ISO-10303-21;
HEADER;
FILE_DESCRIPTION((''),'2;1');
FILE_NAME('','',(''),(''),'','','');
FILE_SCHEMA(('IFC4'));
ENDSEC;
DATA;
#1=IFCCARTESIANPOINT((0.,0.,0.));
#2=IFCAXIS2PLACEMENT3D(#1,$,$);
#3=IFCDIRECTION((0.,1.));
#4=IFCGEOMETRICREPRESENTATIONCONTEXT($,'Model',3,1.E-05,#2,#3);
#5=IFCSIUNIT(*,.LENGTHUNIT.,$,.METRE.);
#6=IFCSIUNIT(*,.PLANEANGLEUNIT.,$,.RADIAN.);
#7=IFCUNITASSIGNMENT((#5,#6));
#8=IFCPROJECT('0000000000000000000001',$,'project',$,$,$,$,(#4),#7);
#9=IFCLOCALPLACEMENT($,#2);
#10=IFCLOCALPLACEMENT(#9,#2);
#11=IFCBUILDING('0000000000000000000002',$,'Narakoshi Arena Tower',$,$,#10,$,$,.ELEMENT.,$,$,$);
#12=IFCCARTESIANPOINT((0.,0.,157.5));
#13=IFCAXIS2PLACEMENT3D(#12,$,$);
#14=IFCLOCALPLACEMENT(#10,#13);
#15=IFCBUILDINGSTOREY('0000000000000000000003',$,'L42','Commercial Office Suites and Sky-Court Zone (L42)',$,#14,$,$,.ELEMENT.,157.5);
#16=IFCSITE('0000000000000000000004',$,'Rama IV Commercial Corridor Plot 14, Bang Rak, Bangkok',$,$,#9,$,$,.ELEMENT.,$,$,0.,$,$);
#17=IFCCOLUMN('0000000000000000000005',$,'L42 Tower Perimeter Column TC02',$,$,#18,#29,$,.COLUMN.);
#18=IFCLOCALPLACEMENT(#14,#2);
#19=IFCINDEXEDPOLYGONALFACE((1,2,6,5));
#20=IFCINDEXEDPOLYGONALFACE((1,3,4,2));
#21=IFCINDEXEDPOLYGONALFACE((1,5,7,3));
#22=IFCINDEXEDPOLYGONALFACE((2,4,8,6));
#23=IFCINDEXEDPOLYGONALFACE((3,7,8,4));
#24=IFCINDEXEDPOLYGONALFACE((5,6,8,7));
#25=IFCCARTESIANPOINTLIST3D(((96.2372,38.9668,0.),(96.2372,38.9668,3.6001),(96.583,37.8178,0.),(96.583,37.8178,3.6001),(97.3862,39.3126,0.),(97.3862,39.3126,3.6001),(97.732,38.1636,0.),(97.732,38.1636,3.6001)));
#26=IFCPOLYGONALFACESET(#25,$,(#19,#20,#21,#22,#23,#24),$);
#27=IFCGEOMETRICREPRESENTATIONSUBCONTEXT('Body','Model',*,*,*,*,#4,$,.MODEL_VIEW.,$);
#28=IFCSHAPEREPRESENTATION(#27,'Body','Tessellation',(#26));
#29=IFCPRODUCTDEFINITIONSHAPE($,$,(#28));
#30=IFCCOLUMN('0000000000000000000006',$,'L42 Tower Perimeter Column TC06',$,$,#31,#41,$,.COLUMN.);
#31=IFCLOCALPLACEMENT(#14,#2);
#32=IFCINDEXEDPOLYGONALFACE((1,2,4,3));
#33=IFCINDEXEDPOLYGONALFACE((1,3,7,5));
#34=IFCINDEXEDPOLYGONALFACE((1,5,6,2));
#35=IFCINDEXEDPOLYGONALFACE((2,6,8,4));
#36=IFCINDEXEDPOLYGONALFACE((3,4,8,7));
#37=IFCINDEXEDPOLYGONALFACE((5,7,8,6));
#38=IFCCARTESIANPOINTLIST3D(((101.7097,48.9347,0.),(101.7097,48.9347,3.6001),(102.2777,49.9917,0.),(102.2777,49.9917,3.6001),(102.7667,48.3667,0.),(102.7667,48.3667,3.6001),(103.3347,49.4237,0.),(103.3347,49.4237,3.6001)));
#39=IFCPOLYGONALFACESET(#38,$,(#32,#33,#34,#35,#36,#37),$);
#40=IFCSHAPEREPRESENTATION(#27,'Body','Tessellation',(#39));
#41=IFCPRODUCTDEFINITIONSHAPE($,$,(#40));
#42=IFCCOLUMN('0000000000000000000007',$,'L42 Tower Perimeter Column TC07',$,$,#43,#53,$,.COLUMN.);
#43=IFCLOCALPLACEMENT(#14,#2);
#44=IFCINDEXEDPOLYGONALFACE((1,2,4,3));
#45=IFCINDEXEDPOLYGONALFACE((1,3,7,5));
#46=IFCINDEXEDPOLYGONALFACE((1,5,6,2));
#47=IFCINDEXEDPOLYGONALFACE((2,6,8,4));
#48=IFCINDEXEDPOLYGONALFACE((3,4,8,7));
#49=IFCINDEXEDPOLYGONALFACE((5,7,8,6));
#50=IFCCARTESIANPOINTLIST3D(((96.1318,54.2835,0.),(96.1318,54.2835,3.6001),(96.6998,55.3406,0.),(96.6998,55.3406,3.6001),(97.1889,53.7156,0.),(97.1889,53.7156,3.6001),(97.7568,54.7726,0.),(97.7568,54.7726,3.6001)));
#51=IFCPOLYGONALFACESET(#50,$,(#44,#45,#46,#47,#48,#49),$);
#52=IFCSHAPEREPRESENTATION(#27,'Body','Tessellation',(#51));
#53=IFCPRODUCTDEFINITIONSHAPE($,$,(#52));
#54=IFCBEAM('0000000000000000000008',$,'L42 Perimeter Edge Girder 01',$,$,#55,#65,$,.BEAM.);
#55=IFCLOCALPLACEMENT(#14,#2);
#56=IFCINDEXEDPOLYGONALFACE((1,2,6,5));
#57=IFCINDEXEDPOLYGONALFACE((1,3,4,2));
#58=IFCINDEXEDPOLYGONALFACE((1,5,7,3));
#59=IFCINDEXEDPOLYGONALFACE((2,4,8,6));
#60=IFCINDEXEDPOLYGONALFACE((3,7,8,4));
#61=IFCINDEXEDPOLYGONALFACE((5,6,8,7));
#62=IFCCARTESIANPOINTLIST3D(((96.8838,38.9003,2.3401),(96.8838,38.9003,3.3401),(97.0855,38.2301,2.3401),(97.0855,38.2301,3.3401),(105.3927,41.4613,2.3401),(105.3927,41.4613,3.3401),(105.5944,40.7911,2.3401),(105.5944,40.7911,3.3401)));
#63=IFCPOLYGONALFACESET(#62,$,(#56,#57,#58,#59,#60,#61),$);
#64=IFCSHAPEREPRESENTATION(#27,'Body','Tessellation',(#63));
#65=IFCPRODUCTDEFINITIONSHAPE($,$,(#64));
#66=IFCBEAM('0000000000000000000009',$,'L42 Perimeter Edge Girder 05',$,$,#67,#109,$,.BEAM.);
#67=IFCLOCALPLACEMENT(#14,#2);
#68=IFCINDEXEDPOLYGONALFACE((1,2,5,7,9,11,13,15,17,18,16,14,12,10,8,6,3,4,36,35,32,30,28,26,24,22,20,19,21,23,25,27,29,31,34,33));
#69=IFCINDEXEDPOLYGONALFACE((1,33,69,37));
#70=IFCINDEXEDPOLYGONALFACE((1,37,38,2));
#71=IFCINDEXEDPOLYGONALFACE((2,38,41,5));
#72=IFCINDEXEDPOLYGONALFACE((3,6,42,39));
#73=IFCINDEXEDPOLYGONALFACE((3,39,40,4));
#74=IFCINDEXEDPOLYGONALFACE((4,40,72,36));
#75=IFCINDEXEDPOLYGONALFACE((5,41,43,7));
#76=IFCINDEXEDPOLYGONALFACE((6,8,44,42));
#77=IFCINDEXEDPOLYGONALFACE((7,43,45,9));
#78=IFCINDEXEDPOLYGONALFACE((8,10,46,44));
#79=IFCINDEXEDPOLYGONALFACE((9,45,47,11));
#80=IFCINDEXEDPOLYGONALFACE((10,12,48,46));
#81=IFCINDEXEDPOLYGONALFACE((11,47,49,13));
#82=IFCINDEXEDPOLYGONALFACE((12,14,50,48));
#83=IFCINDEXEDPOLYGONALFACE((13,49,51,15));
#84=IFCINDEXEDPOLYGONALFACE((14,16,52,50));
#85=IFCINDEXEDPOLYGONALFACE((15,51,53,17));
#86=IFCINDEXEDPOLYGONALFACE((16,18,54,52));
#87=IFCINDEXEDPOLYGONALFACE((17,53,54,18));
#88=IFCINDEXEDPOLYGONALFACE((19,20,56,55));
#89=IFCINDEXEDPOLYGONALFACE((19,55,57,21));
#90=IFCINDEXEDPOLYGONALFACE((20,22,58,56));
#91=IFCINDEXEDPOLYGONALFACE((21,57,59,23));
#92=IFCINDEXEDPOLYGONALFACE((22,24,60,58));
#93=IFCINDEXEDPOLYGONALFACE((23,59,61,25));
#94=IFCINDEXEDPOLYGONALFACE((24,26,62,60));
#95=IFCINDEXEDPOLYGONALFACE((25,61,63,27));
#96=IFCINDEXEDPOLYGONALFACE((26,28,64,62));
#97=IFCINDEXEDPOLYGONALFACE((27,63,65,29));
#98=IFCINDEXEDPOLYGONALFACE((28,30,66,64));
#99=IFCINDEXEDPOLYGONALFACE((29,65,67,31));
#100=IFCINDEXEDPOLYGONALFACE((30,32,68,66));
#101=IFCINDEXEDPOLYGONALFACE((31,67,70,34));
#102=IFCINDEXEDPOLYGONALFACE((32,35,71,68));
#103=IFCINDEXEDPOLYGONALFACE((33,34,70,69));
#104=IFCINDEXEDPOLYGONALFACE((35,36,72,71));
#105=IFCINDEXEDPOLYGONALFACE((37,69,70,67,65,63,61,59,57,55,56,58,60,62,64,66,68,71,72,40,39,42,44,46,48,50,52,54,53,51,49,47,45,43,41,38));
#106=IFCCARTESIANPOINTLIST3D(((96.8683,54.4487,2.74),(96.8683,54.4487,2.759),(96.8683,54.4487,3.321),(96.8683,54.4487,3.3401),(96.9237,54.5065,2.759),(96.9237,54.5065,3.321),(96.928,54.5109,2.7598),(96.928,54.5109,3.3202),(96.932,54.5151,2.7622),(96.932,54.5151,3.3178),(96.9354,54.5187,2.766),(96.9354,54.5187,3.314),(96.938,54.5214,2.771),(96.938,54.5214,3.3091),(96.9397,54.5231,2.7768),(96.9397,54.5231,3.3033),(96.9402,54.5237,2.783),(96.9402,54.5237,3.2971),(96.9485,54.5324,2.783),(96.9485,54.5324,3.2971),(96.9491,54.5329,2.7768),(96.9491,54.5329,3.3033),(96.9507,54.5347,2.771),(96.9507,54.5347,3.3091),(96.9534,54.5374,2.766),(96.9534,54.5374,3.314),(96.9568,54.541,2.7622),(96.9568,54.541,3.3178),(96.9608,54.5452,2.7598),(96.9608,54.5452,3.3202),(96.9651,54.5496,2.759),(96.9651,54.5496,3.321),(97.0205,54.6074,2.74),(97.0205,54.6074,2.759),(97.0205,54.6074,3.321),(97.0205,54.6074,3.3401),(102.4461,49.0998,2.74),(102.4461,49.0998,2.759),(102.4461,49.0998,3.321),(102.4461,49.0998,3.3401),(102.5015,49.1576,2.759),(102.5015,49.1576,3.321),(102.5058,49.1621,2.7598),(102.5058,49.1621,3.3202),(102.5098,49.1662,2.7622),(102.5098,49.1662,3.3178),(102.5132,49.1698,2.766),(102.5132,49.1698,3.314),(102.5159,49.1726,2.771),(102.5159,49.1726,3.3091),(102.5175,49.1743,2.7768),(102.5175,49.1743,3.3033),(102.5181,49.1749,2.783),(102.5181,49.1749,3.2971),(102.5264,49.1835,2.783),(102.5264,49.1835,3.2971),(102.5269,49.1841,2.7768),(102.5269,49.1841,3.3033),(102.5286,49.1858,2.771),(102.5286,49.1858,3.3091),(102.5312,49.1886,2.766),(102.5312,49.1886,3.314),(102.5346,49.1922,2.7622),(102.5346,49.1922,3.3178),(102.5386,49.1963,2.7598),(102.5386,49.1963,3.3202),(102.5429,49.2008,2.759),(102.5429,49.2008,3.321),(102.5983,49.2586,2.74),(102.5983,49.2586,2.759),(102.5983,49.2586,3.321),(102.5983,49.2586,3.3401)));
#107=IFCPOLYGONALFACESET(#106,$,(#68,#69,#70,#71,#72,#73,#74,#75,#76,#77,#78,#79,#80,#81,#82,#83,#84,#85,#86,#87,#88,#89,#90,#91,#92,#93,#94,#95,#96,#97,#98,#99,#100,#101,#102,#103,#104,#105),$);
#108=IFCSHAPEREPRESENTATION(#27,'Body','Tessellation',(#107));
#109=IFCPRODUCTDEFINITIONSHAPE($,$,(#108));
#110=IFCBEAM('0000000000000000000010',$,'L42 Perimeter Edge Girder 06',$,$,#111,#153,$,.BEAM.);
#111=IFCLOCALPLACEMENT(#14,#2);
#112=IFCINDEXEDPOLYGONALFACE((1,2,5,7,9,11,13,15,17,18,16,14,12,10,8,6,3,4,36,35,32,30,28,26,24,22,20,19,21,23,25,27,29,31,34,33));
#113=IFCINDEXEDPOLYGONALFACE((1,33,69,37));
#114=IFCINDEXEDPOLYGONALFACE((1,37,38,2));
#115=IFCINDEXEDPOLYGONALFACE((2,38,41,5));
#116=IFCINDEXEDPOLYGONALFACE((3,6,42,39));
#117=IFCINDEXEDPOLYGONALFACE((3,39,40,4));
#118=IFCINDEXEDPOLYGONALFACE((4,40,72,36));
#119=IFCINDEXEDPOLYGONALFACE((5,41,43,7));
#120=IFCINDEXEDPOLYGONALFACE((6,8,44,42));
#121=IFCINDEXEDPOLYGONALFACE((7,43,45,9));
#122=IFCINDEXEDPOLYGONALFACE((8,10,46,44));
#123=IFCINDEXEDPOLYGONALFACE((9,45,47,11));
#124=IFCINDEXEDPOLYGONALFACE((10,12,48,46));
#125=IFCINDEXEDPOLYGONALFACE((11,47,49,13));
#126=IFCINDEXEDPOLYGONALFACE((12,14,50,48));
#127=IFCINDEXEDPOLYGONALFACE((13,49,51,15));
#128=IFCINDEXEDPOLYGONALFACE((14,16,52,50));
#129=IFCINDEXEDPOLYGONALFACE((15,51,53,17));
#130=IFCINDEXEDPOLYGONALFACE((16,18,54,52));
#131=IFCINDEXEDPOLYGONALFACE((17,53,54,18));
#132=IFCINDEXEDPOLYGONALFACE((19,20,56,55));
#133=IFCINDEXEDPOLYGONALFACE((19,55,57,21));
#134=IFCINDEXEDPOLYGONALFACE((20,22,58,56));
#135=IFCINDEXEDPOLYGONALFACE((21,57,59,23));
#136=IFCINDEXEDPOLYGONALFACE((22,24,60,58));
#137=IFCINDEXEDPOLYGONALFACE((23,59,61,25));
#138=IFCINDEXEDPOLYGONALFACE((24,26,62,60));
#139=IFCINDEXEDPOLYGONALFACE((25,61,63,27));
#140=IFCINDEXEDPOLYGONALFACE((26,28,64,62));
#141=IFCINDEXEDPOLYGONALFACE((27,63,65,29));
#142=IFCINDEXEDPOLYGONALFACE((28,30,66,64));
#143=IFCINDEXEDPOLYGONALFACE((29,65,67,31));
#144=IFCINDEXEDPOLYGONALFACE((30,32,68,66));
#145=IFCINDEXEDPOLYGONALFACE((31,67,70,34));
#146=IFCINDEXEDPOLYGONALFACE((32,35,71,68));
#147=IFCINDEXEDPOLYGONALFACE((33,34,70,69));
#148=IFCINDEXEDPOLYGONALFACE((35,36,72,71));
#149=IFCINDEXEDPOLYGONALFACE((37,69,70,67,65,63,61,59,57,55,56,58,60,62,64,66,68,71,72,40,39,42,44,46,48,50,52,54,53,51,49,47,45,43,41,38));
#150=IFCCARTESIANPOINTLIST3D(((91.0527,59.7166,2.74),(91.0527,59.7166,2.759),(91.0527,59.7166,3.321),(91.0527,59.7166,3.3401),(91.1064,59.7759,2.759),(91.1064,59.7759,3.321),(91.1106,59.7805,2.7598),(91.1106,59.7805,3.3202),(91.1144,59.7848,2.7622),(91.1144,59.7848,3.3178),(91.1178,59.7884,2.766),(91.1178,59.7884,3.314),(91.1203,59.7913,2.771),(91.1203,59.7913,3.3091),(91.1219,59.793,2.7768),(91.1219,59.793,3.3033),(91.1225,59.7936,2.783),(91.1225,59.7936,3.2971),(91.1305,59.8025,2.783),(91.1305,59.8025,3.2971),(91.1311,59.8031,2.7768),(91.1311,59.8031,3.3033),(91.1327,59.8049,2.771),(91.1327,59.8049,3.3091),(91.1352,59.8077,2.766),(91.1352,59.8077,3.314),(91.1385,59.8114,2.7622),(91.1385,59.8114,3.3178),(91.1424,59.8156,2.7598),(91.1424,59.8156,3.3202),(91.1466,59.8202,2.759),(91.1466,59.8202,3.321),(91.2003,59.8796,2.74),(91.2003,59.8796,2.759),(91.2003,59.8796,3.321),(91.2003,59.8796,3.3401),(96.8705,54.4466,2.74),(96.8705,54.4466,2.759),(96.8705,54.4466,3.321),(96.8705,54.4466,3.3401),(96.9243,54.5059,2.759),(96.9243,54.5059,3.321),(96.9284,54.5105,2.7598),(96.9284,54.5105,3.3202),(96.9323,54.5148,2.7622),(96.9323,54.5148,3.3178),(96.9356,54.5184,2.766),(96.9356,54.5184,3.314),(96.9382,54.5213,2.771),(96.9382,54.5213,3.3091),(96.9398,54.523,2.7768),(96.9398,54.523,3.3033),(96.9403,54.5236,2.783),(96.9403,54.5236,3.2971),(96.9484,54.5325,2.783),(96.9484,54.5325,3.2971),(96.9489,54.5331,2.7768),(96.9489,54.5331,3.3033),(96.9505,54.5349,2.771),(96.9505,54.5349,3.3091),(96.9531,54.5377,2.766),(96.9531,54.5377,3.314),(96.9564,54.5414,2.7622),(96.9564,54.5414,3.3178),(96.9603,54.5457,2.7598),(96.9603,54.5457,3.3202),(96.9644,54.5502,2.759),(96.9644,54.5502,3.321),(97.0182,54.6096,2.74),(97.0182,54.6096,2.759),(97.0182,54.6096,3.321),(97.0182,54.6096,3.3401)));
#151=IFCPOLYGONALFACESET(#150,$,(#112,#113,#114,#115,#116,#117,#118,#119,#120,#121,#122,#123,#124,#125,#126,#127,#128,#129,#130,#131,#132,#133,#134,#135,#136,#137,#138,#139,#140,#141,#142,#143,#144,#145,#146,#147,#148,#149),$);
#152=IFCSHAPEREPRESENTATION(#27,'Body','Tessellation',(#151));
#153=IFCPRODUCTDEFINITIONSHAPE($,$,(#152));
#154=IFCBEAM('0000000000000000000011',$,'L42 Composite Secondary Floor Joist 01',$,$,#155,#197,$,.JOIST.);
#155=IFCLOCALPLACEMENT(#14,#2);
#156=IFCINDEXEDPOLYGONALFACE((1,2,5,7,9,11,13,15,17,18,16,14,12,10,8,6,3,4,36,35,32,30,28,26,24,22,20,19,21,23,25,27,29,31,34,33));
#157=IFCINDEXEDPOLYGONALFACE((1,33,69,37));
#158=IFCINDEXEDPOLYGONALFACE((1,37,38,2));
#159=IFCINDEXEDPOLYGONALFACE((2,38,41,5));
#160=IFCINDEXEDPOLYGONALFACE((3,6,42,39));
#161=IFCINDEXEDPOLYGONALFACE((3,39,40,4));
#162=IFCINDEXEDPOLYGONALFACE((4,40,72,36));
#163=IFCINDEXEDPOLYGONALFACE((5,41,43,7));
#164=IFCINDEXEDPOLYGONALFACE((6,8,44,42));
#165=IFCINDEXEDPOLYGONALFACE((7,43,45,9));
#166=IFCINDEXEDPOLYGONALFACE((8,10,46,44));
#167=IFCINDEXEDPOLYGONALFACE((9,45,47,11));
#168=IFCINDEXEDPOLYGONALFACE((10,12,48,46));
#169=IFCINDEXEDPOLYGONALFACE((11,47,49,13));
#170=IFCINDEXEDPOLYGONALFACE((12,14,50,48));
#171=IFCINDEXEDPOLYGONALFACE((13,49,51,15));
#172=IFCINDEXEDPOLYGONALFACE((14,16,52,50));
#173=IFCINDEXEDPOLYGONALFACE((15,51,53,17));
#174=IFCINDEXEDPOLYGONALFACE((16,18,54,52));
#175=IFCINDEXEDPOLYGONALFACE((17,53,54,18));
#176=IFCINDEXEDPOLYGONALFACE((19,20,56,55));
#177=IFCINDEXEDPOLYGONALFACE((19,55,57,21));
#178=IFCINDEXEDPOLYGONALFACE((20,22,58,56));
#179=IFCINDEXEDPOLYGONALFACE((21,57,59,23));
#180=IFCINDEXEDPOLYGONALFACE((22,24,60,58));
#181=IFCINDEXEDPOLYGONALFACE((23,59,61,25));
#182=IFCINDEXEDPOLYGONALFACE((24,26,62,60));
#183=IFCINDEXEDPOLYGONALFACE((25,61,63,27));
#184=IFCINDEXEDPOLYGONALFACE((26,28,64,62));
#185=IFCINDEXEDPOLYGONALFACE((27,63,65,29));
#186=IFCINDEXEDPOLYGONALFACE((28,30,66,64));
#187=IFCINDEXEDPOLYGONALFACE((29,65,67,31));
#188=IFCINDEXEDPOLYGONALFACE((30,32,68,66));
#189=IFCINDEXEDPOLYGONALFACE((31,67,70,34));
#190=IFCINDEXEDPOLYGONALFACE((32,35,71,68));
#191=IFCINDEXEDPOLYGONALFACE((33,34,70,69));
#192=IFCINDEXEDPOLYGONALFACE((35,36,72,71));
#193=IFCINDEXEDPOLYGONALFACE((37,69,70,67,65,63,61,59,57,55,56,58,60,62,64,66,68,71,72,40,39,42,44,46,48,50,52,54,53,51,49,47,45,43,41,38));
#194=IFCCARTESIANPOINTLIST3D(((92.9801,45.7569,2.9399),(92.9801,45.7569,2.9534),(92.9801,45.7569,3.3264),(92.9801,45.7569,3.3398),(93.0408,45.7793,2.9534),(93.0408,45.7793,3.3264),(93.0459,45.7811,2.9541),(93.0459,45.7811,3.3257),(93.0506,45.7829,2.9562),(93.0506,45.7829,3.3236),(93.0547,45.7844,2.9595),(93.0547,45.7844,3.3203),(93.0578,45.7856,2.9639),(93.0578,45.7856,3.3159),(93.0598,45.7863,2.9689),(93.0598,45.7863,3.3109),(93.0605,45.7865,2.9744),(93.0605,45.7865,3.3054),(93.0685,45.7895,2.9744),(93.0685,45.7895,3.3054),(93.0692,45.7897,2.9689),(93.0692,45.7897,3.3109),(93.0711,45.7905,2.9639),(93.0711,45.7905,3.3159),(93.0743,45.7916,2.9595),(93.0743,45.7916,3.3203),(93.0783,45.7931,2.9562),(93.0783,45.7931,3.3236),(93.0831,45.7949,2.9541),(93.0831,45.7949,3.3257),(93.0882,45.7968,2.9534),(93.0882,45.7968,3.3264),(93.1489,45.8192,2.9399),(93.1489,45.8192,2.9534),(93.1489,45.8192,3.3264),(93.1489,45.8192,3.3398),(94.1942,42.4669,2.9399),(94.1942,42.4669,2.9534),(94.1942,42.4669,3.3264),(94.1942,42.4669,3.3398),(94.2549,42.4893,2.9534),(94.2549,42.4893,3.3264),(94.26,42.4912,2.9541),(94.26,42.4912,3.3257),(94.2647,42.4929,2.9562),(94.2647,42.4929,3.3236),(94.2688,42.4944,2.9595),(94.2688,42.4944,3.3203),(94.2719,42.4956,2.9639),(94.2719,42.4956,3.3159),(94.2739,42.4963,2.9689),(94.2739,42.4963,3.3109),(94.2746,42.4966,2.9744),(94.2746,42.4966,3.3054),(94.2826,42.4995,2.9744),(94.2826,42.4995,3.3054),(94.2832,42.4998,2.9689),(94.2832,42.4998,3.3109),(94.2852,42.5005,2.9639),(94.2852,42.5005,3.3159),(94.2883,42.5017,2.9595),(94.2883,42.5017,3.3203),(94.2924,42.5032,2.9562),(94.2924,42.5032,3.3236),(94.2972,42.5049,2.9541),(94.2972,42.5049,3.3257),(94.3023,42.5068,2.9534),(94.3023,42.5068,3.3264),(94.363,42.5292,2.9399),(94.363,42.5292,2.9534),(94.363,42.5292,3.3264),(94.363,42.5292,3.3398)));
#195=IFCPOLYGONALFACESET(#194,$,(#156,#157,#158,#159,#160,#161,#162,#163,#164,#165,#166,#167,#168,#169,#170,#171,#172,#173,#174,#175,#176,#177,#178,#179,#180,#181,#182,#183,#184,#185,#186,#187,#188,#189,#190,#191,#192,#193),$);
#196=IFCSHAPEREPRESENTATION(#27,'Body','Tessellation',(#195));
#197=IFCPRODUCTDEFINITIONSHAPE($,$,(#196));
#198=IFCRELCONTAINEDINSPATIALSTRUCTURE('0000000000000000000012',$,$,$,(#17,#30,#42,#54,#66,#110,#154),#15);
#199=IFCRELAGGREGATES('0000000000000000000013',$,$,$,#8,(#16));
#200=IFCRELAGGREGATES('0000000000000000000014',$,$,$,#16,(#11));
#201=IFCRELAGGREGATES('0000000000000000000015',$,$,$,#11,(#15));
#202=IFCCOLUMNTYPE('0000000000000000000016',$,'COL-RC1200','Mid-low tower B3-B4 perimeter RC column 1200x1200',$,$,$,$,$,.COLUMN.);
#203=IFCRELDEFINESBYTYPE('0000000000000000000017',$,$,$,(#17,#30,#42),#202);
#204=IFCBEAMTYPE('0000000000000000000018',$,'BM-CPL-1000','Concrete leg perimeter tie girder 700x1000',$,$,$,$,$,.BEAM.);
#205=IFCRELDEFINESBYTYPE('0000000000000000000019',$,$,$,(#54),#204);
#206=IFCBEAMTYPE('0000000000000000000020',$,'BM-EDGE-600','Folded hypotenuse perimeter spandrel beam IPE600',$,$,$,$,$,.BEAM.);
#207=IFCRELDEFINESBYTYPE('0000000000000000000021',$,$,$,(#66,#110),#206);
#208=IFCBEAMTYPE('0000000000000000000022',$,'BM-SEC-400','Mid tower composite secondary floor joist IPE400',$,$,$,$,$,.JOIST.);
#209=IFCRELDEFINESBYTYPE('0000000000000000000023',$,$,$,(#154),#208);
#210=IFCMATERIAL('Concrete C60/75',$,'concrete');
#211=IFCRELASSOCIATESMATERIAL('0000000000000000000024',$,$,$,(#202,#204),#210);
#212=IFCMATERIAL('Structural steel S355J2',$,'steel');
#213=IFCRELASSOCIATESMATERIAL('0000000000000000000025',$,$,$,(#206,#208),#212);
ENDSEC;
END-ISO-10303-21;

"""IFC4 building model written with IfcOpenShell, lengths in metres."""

from ifc_helpers import new_model, si_unit, direction, frame, origin, origin_2d, place, context, subcontext, project, spatial, rectangle, i_section, extrude, material, material_profile, profile_set, type_object, element, save


model = new_model("IFC4")

# Units and contexts
model_context = context("Model", 3, precision=1e-05, world=origin(), true_north=direction((0.0, 1.0)))
body_context = subcontext(model_context, "Body", "Model", "MODEL_VIEW")
ifc_project = project(units=[si_unit("LENGTHUNIT", "METRE"), si_unit("PLANEANGLEUNIT", "RADIAN")], contexts=[model_context])

# Site, building, storey
site_placement = place(None, origin())
site = spatial("IfcSite", under=ifc_project, at=site_placement, Name="Rama IV Commercial Corridor Plot 14, Bang Rak, Bangkok", CompositionType="ELEMENT", RefElevation=0.0)
building_placement = place(site_placement, origin())
building = spatial("IfcBuilding", under=site, at=building_placement, Name="Narakoshi Arena Tower", CompositionType="ELEMENT")
storey_placement = place(building_placement, frame((0.0, 0.0, 157.5)))
storey = spatial("IfcBuildingStorey", under=building, at=storey_placement, Name="L42", Description="Commercial Office Suites and Sky-Court Zone (L42)", CompositionType="ELEMENT", Elevation=157.5)

# Columns
ifc_material_1 = material(Name="Concrete C60/75", Category="concrete")
ifc_material_profile_1 = material_profile(ifc_material_1, rectangle(XDim=1.2, YDim=1.2, at=origin_2d()), Name="RC1200x1200")
ifc_profile_set_1 = profile_set([ifc_material_profile_1], Name="Concrete C60/75")
column_type = type_object("IfcColumnType", Name="COL-RC1200", Description="Mid-low tower B3-B4 perimeter RC column 1200x1200", PredefinedType="COLUMN", material=ifc_profile_set_1)
for number, where, z_axis, x_axis, name in (
    (1, (96.9846, 38.5652, 0.0), (0.0, 0.0, 1.0), (0.957571, 0.288196, 0.0), "L42 Tower Perimeter Column TC02"),
    (2, (102.5222, 49.1792, 0.0), (0.0, 0.0, 1.0), (0.47332, 0.880891, 0.0), "L42 Tower Perimeter Column TC06"),
    (3, (96.9443, 54.5281, 0.0), (0.0, 0.0, 1.0), (0.47332, 0.880891, 0.0), "L42 Tower Perimeter Column TC07"),
):
    element("IfcColumn", number, at=place(storey_placement, frame(where, z_axis=z_axis, x_axis=x_axis)), inside=storey, type_object=column_type, Name=name, PredefinedType="COLUMN", context=body_context, shape_type="SweptSolid", body=[
        extrude(rectangle(XDim=1.2, YDim=1.2, at=origin_2d()), origin(), (0.0, 0.0, 1.0), 3.6001),
    ])

# Beams
ifc_material_profile_2 = material_profile(ifc_material_1, rectangle(XDim=0.7, YDim=1.0, at=origin_2d()), Name="RCB700x1000")
ifc_profile_set_2 = profile_set([ifc_material_profile_2], Name="Concrete C60/75")
beam_type_1 = type_object("IfcBeamType", Name="BM-CPL-1000", Description="Concrete leg perimeter tie girder 700x1000", PredefinedType="BEAM", material=ifc_profile_set_2)
beam_1_placement = place(storey_placement, frame((96.9846, 38.5652, 2.8401), z_axis=(0.957568, 0.288207, 0.0), x_axis=(-0.288207, 0.957568, 0.0)))
element("IfcBeam", 4, at=beam_1_placement, inside=storey, type_object=beam_type_1, Name="L42 Perimeter Edge Girder 01", PredefinedType="BEAM", context=body_context, shape_type="SweptSolid", body=[
    extrude(rectangle(XDim=0.7, YDim=1.0, at=origin_2d()), origin(), (0.0, 0.0, 1.0), 8.886),
])
ifc_material_2 = material(Name="Structural steel S355J2", Category="steel")
ifc_material_profile_3 = material_profile(ifc_material_2, i_section(OverallWidth=0.22, OverallDepth=0.6001, WebThickness=0.012, FlangeThickness=0.019, FilletRadius=0.0239, at=origin_2d()), Name="IPE600")
ifc_profile_set_3 = profile_set([ifc_material_profile_3], Name="Structural steel S355J2")
beam_type_2 = type_object("IfcBeamType", Name="BM-EDGE-600", Description="Folded hypotenuse perimeter spandrel beam IPE600", PredefinedType="BEAM", material=ifc_profile_set_3)
beam_2_placement = place(storey_placement, frame((102.5222, 49.1792, 3.04), z_axis=(-0.721768, 0.692135, 0.0), x_axis=(-0.692135, -0.721768, 0.0)))
element("IfcBeam", 5, at=beam_2_placement, inside=storey, type_object=beam_type_2, Name="L42 Perimeter Edge Girder 05", PredefinedType="BEAM", context=body_context, shape_type="SweptSolid", body=[
    extrude(i_section(OverallWidth=0.22, OverallDepth=0.6001, WebThickness=0.012, FlangeThickness=0.019, FilletRadius=0.0239, at=origin_2d()), origin(), (0.0, 0.0, 1.0), 7.728),
])
beam_3_placement = place(storey_placement, frame((96.9443, 54.5281, 3.04), z_axis=(-0.741141, 0.67135, 0.0), x_axis=(-0.67135, -0.741141, 0.0)))
element("IfcBeam", 6, at=beam_3_placement, inside=storey, type_object=beam_type_2, Name="L42 Perimeter Edge Girder 06", PredefinedType="BEAM", context=body_context, shape_type="SweptSolid", body=[
    extrude(i_section(OverallWidth=0.22, OverallDepth=0.6001, WebThickness=0.012, FlangeThickness=0.019, FilletRadius=0.0239, at=origin_2d()), origin(), (0.0, 0.0, 1.0), 7.8499),
])
ifc_material_profile_4 = material_profile(ifc_material_2, i_section(OverallWidth=0.1799, OverallDepth=0.3999, WebThickness=0.0085, FlangeThickness=0.0134, FilletRadius=0.021, at=origin_2d()), Name="IPE400")
ifc_profile_set_4 = profile_set([ifc_material_profile_4], Name="Structural steel S355J2")
beam_type_3 = type_object("IfcBeamType", Name="BM-SEC-400", Description="Mid tower composite secondary floor joist IPE400", PredefinedType="JOIST", material=ifc_profile_set_4)
beam_4_placement = place(storey_placement, frame((94.2786, 42.498, 3.1399), z_axis=(-0.346205, 0.938159, 0.0), x_axis=(-0.938159, -0.346205, 0.0)))
element("IfcBeam", 7, at=beam_4_placement, inside=storey, type_object=beam_type_3, Name="L42 Composite Secondary Floor Joist 01", PredefinedType="JOIST", context=body_context, shape_type="SweptSolid", body=[
    extrude(i_section(OverallWidth=0.1799, OverallDepth=0.3999, WebThickness=0.0085, FlangeThickness=0.0134, FilletRadius=0.021, at=origin_2d()), origin(), (0.0, 0.0, 1.0), 3.5068),
])

save(model, "model.ifc")
